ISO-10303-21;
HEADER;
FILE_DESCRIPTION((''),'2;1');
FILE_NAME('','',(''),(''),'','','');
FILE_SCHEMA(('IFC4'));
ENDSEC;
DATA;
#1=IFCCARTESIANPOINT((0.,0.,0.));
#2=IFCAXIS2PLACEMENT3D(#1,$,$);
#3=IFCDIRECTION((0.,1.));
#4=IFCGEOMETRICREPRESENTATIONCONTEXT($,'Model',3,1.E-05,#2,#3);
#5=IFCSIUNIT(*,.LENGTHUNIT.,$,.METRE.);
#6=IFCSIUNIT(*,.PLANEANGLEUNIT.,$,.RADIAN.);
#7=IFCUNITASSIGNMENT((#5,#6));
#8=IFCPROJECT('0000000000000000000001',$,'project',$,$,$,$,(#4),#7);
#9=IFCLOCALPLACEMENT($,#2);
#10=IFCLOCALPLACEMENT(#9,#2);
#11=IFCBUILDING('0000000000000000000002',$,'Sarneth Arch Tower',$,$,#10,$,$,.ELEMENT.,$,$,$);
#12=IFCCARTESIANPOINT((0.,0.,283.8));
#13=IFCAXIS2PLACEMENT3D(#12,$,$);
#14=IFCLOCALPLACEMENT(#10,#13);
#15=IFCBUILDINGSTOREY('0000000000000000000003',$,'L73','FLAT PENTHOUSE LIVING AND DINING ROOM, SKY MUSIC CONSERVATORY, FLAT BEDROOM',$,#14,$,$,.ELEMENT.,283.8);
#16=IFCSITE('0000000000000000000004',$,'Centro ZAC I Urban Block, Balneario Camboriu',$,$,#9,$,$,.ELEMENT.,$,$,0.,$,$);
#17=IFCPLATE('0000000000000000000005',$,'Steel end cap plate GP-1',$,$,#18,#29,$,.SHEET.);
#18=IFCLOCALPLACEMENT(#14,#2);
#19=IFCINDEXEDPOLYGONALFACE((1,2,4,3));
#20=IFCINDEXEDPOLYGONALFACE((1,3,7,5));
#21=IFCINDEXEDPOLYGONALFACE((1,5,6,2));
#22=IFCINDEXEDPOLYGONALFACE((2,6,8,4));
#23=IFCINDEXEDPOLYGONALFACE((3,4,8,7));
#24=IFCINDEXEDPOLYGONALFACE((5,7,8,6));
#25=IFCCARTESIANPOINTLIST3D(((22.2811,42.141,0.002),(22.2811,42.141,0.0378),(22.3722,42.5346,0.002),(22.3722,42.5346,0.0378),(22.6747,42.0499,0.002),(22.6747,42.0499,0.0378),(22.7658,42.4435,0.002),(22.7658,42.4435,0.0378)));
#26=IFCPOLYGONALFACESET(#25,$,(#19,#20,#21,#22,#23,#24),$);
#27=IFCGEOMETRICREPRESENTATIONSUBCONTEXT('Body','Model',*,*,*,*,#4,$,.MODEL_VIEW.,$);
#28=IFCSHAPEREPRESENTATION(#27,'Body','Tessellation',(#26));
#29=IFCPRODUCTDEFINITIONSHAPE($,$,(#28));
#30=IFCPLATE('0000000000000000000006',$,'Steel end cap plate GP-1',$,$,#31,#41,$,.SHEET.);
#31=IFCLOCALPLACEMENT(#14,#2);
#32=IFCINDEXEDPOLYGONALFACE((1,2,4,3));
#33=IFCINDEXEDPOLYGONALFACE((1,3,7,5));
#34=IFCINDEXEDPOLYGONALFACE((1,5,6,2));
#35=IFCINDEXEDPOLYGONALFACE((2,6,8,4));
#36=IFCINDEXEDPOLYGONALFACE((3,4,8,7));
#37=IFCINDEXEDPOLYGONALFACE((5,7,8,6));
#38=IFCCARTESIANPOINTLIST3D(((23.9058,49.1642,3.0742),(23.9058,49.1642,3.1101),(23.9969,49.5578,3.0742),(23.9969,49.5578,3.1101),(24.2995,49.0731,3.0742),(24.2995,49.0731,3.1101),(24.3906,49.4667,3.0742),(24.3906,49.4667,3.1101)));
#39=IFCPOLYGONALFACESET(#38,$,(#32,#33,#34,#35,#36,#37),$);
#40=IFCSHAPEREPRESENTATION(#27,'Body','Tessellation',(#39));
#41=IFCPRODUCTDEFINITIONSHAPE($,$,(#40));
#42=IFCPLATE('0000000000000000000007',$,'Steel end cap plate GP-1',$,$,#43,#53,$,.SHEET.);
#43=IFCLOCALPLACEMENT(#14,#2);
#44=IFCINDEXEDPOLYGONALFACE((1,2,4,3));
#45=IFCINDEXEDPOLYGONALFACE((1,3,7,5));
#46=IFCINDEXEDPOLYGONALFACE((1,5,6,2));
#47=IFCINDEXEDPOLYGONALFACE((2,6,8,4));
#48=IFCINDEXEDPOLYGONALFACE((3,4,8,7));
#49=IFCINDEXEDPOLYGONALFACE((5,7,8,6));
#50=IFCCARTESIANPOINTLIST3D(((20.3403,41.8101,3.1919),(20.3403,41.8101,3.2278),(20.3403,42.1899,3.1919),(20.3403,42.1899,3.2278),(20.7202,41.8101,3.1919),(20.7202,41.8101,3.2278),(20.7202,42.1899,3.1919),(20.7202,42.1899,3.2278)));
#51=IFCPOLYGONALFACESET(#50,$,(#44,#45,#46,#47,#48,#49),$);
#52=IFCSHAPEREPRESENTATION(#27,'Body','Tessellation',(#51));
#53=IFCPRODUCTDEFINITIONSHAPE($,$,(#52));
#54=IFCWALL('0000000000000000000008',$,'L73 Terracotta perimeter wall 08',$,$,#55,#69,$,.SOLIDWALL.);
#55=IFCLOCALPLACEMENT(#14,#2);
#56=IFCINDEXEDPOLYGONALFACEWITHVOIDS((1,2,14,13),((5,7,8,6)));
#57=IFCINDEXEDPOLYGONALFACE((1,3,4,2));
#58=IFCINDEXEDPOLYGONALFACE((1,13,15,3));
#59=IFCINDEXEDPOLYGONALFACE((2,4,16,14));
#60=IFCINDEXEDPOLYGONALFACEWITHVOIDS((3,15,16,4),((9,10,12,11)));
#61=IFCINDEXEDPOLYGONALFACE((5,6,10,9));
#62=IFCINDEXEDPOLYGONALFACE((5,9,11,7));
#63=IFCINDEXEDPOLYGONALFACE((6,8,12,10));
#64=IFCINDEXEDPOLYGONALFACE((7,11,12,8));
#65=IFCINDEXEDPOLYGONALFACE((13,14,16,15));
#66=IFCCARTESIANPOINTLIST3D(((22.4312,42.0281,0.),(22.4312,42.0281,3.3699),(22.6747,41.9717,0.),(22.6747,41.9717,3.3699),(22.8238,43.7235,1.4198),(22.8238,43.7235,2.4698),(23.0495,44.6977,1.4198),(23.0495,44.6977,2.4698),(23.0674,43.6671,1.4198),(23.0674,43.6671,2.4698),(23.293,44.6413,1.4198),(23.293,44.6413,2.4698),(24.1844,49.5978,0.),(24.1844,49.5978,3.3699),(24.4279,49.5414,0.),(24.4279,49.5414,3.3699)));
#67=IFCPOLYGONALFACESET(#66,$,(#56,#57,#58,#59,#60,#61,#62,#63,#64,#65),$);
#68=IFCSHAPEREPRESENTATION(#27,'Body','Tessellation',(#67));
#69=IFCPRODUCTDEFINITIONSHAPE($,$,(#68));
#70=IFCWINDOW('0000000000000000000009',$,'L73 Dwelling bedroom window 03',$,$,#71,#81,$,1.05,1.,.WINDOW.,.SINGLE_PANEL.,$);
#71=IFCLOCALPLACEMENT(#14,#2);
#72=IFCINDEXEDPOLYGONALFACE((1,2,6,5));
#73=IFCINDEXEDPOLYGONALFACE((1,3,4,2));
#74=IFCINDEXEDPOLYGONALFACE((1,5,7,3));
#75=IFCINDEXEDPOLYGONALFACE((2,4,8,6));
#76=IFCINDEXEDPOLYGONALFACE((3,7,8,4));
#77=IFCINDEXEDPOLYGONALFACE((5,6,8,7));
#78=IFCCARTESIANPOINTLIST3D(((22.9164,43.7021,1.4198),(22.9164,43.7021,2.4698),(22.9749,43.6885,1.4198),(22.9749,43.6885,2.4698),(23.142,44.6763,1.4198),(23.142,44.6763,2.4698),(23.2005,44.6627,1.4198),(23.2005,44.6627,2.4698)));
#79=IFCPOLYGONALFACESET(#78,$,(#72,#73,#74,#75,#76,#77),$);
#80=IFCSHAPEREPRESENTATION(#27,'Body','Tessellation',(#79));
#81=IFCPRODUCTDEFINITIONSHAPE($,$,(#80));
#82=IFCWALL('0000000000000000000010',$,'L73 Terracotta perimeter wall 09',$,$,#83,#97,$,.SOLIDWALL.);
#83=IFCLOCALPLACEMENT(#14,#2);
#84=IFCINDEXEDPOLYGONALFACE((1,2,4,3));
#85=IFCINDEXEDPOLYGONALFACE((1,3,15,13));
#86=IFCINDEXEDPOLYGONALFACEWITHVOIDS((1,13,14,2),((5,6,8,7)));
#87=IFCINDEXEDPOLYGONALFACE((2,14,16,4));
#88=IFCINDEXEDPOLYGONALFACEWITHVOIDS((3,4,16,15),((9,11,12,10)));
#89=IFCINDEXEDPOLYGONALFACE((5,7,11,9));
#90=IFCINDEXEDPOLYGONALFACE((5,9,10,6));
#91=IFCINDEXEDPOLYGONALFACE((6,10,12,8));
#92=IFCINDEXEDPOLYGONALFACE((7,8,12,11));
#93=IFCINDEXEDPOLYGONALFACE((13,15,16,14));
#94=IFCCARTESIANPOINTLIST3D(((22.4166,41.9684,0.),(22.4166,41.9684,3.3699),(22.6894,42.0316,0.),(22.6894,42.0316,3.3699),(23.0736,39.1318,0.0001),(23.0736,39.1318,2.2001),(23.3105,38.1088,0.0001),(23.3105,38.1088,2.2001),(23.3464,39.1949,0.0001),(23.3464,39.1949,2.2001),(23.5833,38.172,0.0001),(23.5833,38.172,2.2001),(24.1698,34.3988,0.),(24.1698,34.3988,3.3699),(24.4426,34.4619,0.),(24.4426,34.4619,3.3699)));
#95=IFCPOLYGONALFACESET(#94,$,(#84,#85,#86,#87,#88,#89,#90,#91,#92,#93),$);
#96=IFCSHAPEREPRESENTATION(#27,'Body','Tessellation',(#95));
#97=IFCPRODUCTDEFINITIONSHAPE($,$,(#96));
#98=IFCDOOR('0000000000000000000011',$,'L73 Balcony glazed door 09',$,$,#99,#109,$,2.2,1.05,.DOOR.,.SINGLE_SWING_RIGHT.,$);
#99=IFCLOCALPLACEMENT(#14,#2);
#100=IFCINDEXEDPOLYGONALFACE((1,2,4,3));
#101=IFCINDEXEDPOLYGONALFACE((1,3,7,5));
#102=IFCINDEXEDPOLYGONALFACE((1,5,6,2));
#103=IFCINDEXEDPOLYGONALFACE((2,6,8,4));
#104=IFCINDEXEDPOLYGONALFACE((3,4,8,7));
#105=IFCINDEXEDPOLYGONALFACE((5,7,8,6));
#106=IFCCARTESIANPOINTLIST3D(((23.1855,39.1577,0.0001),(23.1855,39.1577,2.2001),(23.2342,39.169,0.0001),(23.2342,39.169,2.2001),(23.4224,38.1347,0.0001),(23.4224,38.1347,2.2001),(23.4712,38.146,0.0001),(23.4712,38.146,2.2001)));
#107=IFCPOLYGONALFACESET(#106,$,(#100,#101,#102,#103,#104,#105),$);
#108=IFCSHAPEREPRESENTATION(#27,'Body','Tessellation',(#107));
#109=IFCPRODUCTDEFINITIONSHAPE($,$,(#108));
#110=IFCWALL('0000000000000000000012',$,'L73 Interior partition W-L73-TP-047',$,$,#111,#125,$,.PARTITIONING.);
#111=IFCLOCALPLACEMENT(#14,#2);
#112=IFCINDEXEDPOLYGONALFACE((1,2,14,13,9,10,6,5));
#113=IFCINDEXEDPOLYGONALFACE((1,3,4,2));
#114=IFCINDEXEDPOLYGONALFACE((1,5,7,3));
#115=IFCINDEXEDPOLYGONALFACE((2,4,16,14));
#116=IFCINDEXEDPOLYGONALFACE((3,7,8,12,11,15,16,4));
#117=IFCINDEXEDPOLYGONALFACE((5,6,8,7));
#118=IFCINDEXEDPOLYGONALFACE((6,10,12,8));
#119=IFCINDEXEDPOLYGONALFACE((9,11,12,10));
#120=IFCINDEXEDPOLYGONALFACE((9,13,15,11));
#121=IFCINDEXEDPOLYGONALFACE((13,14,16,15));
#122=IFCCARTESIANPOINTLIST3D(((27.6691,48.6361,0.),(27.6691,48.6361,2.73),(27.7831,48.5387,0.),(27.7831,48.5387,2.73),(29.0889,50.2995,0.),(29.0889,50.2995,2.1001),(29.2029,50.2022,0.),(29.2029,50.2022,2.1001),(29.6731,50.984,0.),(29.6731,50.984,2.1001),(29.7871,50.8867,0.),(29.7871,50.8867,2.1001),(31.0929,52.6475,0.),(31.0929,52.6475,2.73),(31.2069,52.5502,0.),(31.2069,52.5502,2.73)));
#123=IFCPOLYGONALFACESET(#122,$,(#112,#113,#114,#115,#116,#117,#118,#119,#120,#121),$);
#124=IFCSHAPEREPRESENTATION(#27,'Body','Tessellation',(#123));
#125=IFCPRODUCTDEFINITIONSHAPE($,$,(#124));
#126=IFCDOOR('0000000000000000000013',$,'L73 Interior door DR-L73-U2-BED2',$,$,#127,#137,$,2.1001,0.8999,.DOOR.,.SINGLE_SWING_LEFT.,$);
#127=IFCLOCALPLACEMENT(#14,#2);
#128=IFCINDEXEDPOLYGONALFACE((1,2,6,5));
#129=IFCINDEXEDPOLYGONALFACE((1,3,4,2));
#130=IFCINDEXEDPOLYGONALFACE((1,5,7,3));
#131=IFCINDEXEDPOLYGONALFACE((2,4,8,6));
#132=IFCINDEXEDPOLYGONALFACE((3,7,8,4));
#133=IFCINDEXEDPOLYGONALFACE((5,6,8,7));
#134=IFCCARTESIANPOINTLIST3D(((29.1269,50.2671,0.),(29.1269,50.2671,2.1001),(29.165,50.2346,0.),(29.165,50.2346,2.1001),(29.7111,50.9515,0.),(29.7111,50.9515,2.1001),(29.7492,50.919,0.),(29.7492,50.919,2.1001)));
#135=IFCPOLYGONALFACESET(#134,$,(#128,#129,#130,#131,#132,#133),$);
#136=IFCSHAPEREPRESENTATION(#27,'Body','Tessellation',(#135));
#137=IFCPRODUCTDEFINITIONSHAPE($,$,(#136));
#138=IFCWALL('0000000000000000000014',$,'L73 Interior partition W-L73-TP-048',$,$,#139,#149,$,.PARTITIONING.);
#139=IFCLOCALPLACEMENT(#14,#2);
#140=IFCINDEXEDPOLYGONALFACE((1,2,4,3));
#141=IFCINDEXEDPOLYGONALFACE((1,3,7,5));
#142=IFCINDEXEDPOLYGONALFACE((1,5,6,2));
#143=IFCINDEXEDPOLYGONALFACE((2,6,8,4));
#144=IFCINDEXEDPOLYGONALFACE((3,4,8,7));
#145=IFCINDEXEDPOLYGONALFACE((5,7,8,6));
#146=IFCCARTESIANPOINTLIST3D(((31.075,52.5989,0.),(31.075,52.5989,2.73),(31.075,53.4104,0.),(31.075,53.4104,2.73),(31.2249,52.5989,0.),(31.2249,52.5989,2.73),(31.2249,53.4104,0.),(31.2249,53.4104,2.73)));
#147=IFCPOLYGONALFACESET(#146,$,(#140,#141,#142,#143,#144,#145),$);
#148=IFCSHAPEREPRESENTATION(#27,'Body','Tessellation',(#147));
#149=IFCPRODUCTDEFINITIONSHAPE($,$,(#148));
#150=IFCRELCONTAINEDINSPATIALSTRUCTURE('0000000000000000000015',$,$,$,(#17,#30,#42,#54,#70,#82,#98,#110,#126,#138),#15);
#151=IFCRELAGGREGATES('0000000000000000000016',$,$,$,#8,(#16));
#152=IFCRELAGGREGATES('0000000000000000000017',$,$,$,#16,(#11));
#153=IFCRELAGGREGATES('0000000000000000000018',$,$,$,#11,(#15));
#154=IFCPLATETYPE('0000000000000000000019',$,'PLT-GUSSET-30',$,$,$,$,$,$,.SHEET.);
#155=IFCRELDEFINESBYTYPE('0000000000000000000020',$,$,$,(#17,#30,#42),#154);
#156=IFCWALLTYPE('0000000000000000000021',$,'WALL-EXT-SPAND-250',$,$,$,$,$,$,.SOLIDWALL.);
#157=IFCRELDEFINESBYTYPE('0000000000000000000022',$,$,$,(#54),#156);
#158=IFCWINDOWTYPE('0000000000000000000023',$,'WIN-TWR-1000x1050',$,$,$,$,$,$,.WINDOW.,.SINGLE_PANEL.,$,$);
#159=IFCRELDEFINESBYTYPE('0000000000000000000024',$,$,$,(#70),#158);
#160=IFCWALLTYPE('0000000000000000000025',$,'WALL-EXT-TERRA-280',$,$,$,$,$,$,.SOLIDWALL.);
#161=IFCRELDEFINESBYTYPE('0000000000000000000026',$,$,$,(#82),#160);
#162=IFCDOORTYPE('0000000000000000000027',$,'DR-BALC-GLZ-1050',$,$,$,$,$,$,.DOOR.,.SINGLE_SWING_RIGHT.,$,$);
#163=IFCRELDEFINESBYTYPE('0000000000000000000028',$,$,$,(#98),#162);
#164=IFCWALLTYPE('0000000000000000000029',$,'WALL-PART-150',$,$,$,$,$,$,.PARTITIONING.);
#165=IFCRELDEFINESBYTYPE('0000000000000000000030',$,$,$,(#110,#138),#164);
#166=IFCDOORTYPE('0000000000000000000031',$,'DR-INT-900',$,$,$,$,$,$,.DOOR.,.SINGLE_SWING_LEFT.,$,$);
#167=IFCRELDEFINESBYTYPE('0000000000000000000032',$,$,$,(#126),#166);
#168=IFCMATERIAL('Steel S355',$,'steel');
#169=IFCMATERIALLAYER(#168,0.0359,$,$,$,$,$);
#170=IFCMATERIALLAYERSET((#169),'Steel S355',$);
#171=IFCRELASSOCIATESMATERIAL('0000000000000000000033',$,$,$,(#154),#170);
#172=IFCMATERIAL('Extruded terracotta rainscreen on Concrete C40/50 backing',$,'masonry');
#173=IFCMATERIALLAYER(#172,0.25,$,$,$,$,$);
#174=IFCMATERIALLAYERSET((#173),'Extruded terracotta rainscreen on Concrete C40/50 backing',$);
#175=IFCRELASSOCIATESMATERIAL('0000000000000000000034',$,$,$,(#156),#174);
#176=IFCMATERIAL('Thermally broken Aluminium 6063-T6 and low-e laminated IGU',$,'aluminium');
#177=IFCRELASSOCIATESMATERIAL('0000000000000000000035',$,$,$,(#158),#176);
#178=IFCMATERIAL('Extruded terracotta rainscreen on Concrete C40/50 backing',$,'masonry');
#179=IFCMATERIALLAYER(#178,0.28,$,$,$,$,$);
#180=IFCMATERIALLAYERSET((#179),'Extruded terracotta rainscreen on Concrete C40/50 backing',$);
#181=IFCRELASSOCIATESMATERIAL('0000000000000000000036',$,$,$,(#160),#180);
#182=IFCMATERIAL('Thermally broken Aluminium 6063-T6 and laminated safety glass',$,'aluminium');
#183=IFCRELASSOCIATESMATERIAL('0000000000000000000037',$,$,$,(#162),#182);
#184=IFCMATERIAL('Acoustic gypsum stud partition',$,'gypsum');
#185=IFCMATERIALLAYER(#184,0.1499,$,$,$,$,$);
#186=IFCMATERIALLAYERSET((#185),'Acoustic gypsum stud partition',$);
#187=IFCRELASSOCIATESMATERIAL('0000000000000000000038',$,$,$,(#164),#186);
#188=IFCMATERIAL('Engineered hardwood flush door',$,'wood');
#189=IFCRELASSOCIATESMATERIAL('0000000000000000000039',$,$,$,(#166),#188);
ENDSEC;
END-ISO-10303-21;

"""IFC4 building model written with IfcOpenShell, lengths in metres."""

from ifc_helpers import new_model, si_unit, direction, frame, frame_2d, origin, origin_2d, place, context, subcontext, project, spatial, rectangle, extrude, material, layer, layer_set, type_object, element, fill, save


model = new_model("IFC4")

# Units and contexts
model_context = context("Model", 3, precision=1e-05, world=origin(), true_north=direction((0.0, 1.0)))
body_context = subcontext(model_context, "Body", "Model", "MODEL_VIEW")
ifc_project = project(units=[si_unit("LENGTHUNIT", "METRE"), si_unit("PLANEANGLEUNIT", "RADIAN")], contexts=[model_context])

# Site, building, storey
site_placement = place(None, origin())
site = spatial("IfcSite", under=ifc_project, at=site_placement, Name="Centro ZAC I Urban Block, Balneario Camboriu", CompositionType="ELEMENT", RefElevation=0.0)
building_placement = place(site_placement, origin())
building = spatial("IfcBuilding", under=site, at=building_placement, Name="Sarneth Arch Tower", CompositionType="ELEMENT")
storey_placement = place(building_placement, frame((0.0, 0.0, 283.8)))
storey = spatial("IfcBuildingStorey", under=building, at=storey_placement, Name="L73", Description="FLAT PENTHOUSE LIVING AND DINING ROOM, SKY MUSIC CONSERVATORY, FLAT BEDROOM", CompositionType="ELEMENT", Elevation=283.8)

# Plates
ifc_material_1 = material(Name="Steel S355", Category="steel")
ifc_layer_1 = layer(ifc_material_1, 0.0359)
ifc_layer_set_1 = layer_set([ifc_layer_1], Name="Steel S355")
plate_type = type_object("IfcPlateType", Name="PLT-GUSSET-30", PredefinedType="SHEET", material=ifc_layer_set_1)
for number, where, z_axis, x_axis, name in (
    (1, (22.5234, 42.2922, 0.002), (0.0, 0.0, 1.0), (-0.225461, -0.974252, 0.0), "Steel end cap plate GP-1"),
    (2, (24.1482, 49.3154, 3.0742), (0.0, 0.0, 1.0), (-0.225461, -0.974252, 0.0), "Steel end cap plate GP-1"),
):
    element("IfcPlate", number, at=place(storey_placement, frame(where, z_axis=z_axis, x_axis=x_axis)), inside=storey, type_object=plate_type, Name=name, PredefinedType="SHEET", context=body_context, shape_type="SweptSolid", body=[
        extrude(rectangle(XDim=0.4041, YDim=0.4041, at=origin_2d()), origin(), (0.0, 0.0, 1.0), 0.0359),
    ])
plate_placement = place(storey_placement, frame((20.5303, 42.0, 3.1919), z_axis=(0.0, 0.0, 1.0), x_axis=(-1.0, 0.0, 0.0)))
element("IfcPlate", 3, at=plate_placement, inside=storey, type_object=plate_type, Name="Steel end cap plate GP-1", PredefinedType="SHEET", context=body_context, shape_type="SweptSolid", body=[
    extrude(rectangle(XDim=0.3799, YDim=0.3799, at=origin_2d()), origin(), (0.0, 0.0, 1.0), 0.0359),
])

# Wall, opening, window
ifc_material_2 = material(Name="Extruded terracotta rainscreen on Concrete C40/50 backing", Category="masonry")
ifc_layer_2 = layer(ifc_material_2, 0.25)
ifc_layer_set_2 = layer_set([ifc_layer_2], Name="Extruded terracotta rainscreen on Concrete C40/50 backing")
wall_type_1 = type_object("IfcWallType", Name="WALL-EXT-SPAND-250", PredefinedType="SOLIDWALL", material=ifc_layer_set_2)
wall_1_placement = place(storey_placement, frame((24.3062, 49.5696, 0.0), z_axis=(0.0, 0.0, 1.0), x_axis=(-0.225635, -0.974212, 0.0)))
wall_1 = element("IfcWall", 4, at=wall_1_placement, inside=storey, type_object=wall_type_1, Name="L73 Terracotta perimeter wall 08", PredefinedType="SOLIDWALL", context=body_context, shape_type="SweptSolid", body=[
    extrude(rectangle(XDim=7.77, YDim=0.25, at=frame_2d((3.885, 0.0))), origin(), (0.0, 0.0, 1.0), 3.3699),
])
opening_1_placement = place(wall_1_placement, frame((5.0298, 0.0, 1.4199)))
opening_1 = element("IfcOpeningElement", 5, at=opening_1_placement, cuts=wall_1, PredefinedType="OPENING", context=body_context, shape_type="SweptSolid", body=[
    extrude(rectangle(XDim=1.0, YDim=1.05, at=frame_2d((0.5, 0.5249))), frame((0.0, 0.135, 0.0), z_axis=(0.0, -1.0, 0.0), x_axis=(1.0, 0.0, 0.0)), (0.0, 0.0, 1.0), 0.27),
])
ifc_material_3 = material(Name="Thermally broken Aluminium 6063-T6 and low-e laminated IGU", Category="aluminium")
window_type = type_object("IfcWindowType", Name="WIN-TWR-1000x1050", PartitioningType="SINGLE_PANEL", PredefinedType="WINDOW", material=ifc_material_3)
window_placement = place(opening_1_placement, origin())
window = element("IfcWindow", 6, at=window_placement, inside=storey, type_object=window_type, Name="L73 Dwelling bedroom window 03", OverallHeight=1.05, OverallWidth=1.0, PartitioningType="SINGLE_PANEL", PredefinedType="WINDOW", context=body_context, shape_type="SweptSolid", body=[
    extrude(rectangle(XDim=1.0, YDim=1.05, at=frame_2d((0.5, 0.5249))), frame((0.0, 0.03, 0.0), z_axis=(0.0, -1.0, 0.0), x_axis=(1.0, 0.0, 0.0)), (0.0, 0.0, 1.0), 0.0601),
])
fill(opening_1, window)

# Walls, openings, doors
ifc_material_4 = material(Name="Extruded terracotta rainscreen on Concrete C40/50 backing", Category="masonry")
ifc_layer_3 = layer(ifc_material_4, 0.28)
ifc_layer_set_3 = layer_set([ifc_layer_3], Name="Extruded terracotta rainscreen on Concrete C40/50 backing")
wall_type_2 = type_object("IfcWallType", Name="WALL-EXT-TERRA-280", PredefinedType="SOLIDWALL", material=ifc_layer_set_3)
wall_2_placement = place(storey_placement, frame((22.553, 42.0, 0.0), z_axis=(0.0, 0.0, 1.0), x_axis=(0.225635, -0.974212, 0.0)))
wall_2 = element("IfcWall", 7, at=wall_2_placement, inside=storey, type_object=wall_type_2, Name="L73 Terracotta perimeter wall 09", PredefinedType="SOLIDWALL", context=body_context, shape_type="SweptSolid", body=[
    extrude(rectangle(XDim=7.77, YDim=0.28, at=frame_2d((3.885, 0.0))), origin(), (0.0, 0.0, 1.0), 3.3699),
])
opening_2_placement = place(wall_2_placement, frame((2.9119, 0.0, 0.0)))
opening_2 = element("IfcOpeningElement", 8, at=opening_2_placement, cuts=wall_2, PredefinedType="OPENING", context=body_context, shape_type="SweptSolid", body=[
    extrude(rectangle(XDim=1.05, YDim=2.2, at=frame_2d((0.5249, 1.1001))), frame((0.0, 0.1499, 0.0), z_axis=(0.0, -1.0, 0.0), x_axis=(1.0, 0.0, 0.0)), (0.0, 0.0, 1.0), 0.3),
])
ifc_material_5 = material(Name="Thermally broken Aluminium 6063-T6 and laminated safety glass", Category="aluminium")
door_type_1 = type_object("IfcDoorType", Name="DR-BALC-GLZ-1050", OperationType="SINGLE_SWING_RIGHT", PredefinedType="DOOR", material=ifc_material_5)
door_1_placement = place(opening_2_placement, origin())
door_1 = element("IfcDoor", 9, at=door_1_placement, inside=storey, type_object=door_type_1, Name="L73 Balcony glazed door 09", OperationType="SINGLE_SWING_RIGHT", OverallHeight=2.2, OverallWidth=1.05, PredefinedType="DOOR", context=body_context, shape_type="SweptSolid", body=[
    extrude(rectangle(XDim=1.05, YDim=2.2, at=frame_2d((0.5249, 1.1001))), frame((0.0, 0.0249, 0.0), z_axis=(0.0, -1.0, 0.0), x_axis=(1.0, 0.0, 0.0)), (0.0, 0.0, 1.0), 0.05),
])
fill(opening_2, door_1)
ifc_material_6 = material(Name="Acoustic gypsum stud partition", Category="gypsum")
ifc_layer_4 = layer(ifc_material_6, 0.1499)
ifc_layer_set_4 = layer_set([ifc_layer_4], Name="Acoustic gypsum stud partition")
wall_type_3 = type_object("IfcWallType", Name="WALL-PART-150", PredefinedType="PARTITIONING", material=ifc_layer_set_4)
wall_3_placement = place(storey_placement, frame((27.7261, 48.5874, 0.0), z_axis=(0.0, 0.0, 1.0), x_axis=(0.649196, 0.760621, 0.0)))
wall_3 = element("IfcWall", 10, at=wall_3_placement, inside=storey, type_object=wall_type_3, Name="L73 Interior partition W-L73-TP-047", PredefinedType="PARTITIONING", context=body_context, shape_type="SweptSolid", body=[
    extrude(rectangle(XDim=5.2739, YDim=0.1499, at=frame_2d((2.637, 0.0))), origin(), (0.0, 0.0, 1.0), 2.73),
])
opening_3_placement = place(wall_3_placement, frame((2.187, 0.0, 0.0)))
opening_3 = element("IfcOpeningElement", 11, at=opening_3_placement, cuts=wall_3, PredefinedType="OPENING", context=body_context, shape_type="SweptSolid", body=[
    extrude(rectangle(XDim=0.8999, YDim=2.1001, at=frame_2d((0.45, 1.05))), frame((0.0, 0.085, 0.0), z_axis=(0.0, -1.0, 0.0), x_axis=(1.0, 0.0, 0.0)), (0.0, 0.0, 1.0), 0.1699),
])
ifc_material_7 = material(Name="Engineered hardwood flush door", Category="wood")
door_type_2 = type_object("IfcDoorType", Name="DR-INT-900", OperationType="SINGLE_SWING_LEFT", PredefinedType="DOOR", material=ifc_material_7)
door_2_placement = place(opening_3_placement, origin())
door_2 = element("IfcDoor", 12, at=door_2_placement, inside=storey, type_object=door_type_2, Name="L73 Interior door DR-L73-U2-BED2", OperationType="SINGLE_SWING_LEFT", OverallHeight=2.1001, OverallWidth=0.8999, PredefinedType="DOOR", context=body_context, shape_type="SweptSolid", body=[
    extrude(rectangle(XDim=0.8999, YDim=2.1001, at=frame_2d((0.45, 1.05))), frame((0.0, 0.0249, 0.0), z_axis=(0.0, -1.0, 0.0), x_axis=(1.0, 0.0, 0.0)), (0.0, 0.0, 1.0), 0.05),
])
fill(opening_3, door_2)

# Wall
wall_4_placement = place(storey_placement, frame((31.1499, 52.5989, 0.0), z_axis=(0.0, 0.0, 1.0), x_axis=(0.0, 1.0, 0.0)))
element("IfcWall", 13, at=wall_4_placement, inside=storey, type_object=wall_type_3, Name="L73 Interior partition W-L73-TP-048", PredefinedType="PARTITIONING", context=body_context, shape_type="SweptSolid", body=[
    extrude(rectangle(XDim=0.8115, YDim=0.1499, at=frame_2d((0.4058, 0.0))), origin(), (0.0, 0.0, 1.0), 2.73),
])

save(model, "model.ifc")
